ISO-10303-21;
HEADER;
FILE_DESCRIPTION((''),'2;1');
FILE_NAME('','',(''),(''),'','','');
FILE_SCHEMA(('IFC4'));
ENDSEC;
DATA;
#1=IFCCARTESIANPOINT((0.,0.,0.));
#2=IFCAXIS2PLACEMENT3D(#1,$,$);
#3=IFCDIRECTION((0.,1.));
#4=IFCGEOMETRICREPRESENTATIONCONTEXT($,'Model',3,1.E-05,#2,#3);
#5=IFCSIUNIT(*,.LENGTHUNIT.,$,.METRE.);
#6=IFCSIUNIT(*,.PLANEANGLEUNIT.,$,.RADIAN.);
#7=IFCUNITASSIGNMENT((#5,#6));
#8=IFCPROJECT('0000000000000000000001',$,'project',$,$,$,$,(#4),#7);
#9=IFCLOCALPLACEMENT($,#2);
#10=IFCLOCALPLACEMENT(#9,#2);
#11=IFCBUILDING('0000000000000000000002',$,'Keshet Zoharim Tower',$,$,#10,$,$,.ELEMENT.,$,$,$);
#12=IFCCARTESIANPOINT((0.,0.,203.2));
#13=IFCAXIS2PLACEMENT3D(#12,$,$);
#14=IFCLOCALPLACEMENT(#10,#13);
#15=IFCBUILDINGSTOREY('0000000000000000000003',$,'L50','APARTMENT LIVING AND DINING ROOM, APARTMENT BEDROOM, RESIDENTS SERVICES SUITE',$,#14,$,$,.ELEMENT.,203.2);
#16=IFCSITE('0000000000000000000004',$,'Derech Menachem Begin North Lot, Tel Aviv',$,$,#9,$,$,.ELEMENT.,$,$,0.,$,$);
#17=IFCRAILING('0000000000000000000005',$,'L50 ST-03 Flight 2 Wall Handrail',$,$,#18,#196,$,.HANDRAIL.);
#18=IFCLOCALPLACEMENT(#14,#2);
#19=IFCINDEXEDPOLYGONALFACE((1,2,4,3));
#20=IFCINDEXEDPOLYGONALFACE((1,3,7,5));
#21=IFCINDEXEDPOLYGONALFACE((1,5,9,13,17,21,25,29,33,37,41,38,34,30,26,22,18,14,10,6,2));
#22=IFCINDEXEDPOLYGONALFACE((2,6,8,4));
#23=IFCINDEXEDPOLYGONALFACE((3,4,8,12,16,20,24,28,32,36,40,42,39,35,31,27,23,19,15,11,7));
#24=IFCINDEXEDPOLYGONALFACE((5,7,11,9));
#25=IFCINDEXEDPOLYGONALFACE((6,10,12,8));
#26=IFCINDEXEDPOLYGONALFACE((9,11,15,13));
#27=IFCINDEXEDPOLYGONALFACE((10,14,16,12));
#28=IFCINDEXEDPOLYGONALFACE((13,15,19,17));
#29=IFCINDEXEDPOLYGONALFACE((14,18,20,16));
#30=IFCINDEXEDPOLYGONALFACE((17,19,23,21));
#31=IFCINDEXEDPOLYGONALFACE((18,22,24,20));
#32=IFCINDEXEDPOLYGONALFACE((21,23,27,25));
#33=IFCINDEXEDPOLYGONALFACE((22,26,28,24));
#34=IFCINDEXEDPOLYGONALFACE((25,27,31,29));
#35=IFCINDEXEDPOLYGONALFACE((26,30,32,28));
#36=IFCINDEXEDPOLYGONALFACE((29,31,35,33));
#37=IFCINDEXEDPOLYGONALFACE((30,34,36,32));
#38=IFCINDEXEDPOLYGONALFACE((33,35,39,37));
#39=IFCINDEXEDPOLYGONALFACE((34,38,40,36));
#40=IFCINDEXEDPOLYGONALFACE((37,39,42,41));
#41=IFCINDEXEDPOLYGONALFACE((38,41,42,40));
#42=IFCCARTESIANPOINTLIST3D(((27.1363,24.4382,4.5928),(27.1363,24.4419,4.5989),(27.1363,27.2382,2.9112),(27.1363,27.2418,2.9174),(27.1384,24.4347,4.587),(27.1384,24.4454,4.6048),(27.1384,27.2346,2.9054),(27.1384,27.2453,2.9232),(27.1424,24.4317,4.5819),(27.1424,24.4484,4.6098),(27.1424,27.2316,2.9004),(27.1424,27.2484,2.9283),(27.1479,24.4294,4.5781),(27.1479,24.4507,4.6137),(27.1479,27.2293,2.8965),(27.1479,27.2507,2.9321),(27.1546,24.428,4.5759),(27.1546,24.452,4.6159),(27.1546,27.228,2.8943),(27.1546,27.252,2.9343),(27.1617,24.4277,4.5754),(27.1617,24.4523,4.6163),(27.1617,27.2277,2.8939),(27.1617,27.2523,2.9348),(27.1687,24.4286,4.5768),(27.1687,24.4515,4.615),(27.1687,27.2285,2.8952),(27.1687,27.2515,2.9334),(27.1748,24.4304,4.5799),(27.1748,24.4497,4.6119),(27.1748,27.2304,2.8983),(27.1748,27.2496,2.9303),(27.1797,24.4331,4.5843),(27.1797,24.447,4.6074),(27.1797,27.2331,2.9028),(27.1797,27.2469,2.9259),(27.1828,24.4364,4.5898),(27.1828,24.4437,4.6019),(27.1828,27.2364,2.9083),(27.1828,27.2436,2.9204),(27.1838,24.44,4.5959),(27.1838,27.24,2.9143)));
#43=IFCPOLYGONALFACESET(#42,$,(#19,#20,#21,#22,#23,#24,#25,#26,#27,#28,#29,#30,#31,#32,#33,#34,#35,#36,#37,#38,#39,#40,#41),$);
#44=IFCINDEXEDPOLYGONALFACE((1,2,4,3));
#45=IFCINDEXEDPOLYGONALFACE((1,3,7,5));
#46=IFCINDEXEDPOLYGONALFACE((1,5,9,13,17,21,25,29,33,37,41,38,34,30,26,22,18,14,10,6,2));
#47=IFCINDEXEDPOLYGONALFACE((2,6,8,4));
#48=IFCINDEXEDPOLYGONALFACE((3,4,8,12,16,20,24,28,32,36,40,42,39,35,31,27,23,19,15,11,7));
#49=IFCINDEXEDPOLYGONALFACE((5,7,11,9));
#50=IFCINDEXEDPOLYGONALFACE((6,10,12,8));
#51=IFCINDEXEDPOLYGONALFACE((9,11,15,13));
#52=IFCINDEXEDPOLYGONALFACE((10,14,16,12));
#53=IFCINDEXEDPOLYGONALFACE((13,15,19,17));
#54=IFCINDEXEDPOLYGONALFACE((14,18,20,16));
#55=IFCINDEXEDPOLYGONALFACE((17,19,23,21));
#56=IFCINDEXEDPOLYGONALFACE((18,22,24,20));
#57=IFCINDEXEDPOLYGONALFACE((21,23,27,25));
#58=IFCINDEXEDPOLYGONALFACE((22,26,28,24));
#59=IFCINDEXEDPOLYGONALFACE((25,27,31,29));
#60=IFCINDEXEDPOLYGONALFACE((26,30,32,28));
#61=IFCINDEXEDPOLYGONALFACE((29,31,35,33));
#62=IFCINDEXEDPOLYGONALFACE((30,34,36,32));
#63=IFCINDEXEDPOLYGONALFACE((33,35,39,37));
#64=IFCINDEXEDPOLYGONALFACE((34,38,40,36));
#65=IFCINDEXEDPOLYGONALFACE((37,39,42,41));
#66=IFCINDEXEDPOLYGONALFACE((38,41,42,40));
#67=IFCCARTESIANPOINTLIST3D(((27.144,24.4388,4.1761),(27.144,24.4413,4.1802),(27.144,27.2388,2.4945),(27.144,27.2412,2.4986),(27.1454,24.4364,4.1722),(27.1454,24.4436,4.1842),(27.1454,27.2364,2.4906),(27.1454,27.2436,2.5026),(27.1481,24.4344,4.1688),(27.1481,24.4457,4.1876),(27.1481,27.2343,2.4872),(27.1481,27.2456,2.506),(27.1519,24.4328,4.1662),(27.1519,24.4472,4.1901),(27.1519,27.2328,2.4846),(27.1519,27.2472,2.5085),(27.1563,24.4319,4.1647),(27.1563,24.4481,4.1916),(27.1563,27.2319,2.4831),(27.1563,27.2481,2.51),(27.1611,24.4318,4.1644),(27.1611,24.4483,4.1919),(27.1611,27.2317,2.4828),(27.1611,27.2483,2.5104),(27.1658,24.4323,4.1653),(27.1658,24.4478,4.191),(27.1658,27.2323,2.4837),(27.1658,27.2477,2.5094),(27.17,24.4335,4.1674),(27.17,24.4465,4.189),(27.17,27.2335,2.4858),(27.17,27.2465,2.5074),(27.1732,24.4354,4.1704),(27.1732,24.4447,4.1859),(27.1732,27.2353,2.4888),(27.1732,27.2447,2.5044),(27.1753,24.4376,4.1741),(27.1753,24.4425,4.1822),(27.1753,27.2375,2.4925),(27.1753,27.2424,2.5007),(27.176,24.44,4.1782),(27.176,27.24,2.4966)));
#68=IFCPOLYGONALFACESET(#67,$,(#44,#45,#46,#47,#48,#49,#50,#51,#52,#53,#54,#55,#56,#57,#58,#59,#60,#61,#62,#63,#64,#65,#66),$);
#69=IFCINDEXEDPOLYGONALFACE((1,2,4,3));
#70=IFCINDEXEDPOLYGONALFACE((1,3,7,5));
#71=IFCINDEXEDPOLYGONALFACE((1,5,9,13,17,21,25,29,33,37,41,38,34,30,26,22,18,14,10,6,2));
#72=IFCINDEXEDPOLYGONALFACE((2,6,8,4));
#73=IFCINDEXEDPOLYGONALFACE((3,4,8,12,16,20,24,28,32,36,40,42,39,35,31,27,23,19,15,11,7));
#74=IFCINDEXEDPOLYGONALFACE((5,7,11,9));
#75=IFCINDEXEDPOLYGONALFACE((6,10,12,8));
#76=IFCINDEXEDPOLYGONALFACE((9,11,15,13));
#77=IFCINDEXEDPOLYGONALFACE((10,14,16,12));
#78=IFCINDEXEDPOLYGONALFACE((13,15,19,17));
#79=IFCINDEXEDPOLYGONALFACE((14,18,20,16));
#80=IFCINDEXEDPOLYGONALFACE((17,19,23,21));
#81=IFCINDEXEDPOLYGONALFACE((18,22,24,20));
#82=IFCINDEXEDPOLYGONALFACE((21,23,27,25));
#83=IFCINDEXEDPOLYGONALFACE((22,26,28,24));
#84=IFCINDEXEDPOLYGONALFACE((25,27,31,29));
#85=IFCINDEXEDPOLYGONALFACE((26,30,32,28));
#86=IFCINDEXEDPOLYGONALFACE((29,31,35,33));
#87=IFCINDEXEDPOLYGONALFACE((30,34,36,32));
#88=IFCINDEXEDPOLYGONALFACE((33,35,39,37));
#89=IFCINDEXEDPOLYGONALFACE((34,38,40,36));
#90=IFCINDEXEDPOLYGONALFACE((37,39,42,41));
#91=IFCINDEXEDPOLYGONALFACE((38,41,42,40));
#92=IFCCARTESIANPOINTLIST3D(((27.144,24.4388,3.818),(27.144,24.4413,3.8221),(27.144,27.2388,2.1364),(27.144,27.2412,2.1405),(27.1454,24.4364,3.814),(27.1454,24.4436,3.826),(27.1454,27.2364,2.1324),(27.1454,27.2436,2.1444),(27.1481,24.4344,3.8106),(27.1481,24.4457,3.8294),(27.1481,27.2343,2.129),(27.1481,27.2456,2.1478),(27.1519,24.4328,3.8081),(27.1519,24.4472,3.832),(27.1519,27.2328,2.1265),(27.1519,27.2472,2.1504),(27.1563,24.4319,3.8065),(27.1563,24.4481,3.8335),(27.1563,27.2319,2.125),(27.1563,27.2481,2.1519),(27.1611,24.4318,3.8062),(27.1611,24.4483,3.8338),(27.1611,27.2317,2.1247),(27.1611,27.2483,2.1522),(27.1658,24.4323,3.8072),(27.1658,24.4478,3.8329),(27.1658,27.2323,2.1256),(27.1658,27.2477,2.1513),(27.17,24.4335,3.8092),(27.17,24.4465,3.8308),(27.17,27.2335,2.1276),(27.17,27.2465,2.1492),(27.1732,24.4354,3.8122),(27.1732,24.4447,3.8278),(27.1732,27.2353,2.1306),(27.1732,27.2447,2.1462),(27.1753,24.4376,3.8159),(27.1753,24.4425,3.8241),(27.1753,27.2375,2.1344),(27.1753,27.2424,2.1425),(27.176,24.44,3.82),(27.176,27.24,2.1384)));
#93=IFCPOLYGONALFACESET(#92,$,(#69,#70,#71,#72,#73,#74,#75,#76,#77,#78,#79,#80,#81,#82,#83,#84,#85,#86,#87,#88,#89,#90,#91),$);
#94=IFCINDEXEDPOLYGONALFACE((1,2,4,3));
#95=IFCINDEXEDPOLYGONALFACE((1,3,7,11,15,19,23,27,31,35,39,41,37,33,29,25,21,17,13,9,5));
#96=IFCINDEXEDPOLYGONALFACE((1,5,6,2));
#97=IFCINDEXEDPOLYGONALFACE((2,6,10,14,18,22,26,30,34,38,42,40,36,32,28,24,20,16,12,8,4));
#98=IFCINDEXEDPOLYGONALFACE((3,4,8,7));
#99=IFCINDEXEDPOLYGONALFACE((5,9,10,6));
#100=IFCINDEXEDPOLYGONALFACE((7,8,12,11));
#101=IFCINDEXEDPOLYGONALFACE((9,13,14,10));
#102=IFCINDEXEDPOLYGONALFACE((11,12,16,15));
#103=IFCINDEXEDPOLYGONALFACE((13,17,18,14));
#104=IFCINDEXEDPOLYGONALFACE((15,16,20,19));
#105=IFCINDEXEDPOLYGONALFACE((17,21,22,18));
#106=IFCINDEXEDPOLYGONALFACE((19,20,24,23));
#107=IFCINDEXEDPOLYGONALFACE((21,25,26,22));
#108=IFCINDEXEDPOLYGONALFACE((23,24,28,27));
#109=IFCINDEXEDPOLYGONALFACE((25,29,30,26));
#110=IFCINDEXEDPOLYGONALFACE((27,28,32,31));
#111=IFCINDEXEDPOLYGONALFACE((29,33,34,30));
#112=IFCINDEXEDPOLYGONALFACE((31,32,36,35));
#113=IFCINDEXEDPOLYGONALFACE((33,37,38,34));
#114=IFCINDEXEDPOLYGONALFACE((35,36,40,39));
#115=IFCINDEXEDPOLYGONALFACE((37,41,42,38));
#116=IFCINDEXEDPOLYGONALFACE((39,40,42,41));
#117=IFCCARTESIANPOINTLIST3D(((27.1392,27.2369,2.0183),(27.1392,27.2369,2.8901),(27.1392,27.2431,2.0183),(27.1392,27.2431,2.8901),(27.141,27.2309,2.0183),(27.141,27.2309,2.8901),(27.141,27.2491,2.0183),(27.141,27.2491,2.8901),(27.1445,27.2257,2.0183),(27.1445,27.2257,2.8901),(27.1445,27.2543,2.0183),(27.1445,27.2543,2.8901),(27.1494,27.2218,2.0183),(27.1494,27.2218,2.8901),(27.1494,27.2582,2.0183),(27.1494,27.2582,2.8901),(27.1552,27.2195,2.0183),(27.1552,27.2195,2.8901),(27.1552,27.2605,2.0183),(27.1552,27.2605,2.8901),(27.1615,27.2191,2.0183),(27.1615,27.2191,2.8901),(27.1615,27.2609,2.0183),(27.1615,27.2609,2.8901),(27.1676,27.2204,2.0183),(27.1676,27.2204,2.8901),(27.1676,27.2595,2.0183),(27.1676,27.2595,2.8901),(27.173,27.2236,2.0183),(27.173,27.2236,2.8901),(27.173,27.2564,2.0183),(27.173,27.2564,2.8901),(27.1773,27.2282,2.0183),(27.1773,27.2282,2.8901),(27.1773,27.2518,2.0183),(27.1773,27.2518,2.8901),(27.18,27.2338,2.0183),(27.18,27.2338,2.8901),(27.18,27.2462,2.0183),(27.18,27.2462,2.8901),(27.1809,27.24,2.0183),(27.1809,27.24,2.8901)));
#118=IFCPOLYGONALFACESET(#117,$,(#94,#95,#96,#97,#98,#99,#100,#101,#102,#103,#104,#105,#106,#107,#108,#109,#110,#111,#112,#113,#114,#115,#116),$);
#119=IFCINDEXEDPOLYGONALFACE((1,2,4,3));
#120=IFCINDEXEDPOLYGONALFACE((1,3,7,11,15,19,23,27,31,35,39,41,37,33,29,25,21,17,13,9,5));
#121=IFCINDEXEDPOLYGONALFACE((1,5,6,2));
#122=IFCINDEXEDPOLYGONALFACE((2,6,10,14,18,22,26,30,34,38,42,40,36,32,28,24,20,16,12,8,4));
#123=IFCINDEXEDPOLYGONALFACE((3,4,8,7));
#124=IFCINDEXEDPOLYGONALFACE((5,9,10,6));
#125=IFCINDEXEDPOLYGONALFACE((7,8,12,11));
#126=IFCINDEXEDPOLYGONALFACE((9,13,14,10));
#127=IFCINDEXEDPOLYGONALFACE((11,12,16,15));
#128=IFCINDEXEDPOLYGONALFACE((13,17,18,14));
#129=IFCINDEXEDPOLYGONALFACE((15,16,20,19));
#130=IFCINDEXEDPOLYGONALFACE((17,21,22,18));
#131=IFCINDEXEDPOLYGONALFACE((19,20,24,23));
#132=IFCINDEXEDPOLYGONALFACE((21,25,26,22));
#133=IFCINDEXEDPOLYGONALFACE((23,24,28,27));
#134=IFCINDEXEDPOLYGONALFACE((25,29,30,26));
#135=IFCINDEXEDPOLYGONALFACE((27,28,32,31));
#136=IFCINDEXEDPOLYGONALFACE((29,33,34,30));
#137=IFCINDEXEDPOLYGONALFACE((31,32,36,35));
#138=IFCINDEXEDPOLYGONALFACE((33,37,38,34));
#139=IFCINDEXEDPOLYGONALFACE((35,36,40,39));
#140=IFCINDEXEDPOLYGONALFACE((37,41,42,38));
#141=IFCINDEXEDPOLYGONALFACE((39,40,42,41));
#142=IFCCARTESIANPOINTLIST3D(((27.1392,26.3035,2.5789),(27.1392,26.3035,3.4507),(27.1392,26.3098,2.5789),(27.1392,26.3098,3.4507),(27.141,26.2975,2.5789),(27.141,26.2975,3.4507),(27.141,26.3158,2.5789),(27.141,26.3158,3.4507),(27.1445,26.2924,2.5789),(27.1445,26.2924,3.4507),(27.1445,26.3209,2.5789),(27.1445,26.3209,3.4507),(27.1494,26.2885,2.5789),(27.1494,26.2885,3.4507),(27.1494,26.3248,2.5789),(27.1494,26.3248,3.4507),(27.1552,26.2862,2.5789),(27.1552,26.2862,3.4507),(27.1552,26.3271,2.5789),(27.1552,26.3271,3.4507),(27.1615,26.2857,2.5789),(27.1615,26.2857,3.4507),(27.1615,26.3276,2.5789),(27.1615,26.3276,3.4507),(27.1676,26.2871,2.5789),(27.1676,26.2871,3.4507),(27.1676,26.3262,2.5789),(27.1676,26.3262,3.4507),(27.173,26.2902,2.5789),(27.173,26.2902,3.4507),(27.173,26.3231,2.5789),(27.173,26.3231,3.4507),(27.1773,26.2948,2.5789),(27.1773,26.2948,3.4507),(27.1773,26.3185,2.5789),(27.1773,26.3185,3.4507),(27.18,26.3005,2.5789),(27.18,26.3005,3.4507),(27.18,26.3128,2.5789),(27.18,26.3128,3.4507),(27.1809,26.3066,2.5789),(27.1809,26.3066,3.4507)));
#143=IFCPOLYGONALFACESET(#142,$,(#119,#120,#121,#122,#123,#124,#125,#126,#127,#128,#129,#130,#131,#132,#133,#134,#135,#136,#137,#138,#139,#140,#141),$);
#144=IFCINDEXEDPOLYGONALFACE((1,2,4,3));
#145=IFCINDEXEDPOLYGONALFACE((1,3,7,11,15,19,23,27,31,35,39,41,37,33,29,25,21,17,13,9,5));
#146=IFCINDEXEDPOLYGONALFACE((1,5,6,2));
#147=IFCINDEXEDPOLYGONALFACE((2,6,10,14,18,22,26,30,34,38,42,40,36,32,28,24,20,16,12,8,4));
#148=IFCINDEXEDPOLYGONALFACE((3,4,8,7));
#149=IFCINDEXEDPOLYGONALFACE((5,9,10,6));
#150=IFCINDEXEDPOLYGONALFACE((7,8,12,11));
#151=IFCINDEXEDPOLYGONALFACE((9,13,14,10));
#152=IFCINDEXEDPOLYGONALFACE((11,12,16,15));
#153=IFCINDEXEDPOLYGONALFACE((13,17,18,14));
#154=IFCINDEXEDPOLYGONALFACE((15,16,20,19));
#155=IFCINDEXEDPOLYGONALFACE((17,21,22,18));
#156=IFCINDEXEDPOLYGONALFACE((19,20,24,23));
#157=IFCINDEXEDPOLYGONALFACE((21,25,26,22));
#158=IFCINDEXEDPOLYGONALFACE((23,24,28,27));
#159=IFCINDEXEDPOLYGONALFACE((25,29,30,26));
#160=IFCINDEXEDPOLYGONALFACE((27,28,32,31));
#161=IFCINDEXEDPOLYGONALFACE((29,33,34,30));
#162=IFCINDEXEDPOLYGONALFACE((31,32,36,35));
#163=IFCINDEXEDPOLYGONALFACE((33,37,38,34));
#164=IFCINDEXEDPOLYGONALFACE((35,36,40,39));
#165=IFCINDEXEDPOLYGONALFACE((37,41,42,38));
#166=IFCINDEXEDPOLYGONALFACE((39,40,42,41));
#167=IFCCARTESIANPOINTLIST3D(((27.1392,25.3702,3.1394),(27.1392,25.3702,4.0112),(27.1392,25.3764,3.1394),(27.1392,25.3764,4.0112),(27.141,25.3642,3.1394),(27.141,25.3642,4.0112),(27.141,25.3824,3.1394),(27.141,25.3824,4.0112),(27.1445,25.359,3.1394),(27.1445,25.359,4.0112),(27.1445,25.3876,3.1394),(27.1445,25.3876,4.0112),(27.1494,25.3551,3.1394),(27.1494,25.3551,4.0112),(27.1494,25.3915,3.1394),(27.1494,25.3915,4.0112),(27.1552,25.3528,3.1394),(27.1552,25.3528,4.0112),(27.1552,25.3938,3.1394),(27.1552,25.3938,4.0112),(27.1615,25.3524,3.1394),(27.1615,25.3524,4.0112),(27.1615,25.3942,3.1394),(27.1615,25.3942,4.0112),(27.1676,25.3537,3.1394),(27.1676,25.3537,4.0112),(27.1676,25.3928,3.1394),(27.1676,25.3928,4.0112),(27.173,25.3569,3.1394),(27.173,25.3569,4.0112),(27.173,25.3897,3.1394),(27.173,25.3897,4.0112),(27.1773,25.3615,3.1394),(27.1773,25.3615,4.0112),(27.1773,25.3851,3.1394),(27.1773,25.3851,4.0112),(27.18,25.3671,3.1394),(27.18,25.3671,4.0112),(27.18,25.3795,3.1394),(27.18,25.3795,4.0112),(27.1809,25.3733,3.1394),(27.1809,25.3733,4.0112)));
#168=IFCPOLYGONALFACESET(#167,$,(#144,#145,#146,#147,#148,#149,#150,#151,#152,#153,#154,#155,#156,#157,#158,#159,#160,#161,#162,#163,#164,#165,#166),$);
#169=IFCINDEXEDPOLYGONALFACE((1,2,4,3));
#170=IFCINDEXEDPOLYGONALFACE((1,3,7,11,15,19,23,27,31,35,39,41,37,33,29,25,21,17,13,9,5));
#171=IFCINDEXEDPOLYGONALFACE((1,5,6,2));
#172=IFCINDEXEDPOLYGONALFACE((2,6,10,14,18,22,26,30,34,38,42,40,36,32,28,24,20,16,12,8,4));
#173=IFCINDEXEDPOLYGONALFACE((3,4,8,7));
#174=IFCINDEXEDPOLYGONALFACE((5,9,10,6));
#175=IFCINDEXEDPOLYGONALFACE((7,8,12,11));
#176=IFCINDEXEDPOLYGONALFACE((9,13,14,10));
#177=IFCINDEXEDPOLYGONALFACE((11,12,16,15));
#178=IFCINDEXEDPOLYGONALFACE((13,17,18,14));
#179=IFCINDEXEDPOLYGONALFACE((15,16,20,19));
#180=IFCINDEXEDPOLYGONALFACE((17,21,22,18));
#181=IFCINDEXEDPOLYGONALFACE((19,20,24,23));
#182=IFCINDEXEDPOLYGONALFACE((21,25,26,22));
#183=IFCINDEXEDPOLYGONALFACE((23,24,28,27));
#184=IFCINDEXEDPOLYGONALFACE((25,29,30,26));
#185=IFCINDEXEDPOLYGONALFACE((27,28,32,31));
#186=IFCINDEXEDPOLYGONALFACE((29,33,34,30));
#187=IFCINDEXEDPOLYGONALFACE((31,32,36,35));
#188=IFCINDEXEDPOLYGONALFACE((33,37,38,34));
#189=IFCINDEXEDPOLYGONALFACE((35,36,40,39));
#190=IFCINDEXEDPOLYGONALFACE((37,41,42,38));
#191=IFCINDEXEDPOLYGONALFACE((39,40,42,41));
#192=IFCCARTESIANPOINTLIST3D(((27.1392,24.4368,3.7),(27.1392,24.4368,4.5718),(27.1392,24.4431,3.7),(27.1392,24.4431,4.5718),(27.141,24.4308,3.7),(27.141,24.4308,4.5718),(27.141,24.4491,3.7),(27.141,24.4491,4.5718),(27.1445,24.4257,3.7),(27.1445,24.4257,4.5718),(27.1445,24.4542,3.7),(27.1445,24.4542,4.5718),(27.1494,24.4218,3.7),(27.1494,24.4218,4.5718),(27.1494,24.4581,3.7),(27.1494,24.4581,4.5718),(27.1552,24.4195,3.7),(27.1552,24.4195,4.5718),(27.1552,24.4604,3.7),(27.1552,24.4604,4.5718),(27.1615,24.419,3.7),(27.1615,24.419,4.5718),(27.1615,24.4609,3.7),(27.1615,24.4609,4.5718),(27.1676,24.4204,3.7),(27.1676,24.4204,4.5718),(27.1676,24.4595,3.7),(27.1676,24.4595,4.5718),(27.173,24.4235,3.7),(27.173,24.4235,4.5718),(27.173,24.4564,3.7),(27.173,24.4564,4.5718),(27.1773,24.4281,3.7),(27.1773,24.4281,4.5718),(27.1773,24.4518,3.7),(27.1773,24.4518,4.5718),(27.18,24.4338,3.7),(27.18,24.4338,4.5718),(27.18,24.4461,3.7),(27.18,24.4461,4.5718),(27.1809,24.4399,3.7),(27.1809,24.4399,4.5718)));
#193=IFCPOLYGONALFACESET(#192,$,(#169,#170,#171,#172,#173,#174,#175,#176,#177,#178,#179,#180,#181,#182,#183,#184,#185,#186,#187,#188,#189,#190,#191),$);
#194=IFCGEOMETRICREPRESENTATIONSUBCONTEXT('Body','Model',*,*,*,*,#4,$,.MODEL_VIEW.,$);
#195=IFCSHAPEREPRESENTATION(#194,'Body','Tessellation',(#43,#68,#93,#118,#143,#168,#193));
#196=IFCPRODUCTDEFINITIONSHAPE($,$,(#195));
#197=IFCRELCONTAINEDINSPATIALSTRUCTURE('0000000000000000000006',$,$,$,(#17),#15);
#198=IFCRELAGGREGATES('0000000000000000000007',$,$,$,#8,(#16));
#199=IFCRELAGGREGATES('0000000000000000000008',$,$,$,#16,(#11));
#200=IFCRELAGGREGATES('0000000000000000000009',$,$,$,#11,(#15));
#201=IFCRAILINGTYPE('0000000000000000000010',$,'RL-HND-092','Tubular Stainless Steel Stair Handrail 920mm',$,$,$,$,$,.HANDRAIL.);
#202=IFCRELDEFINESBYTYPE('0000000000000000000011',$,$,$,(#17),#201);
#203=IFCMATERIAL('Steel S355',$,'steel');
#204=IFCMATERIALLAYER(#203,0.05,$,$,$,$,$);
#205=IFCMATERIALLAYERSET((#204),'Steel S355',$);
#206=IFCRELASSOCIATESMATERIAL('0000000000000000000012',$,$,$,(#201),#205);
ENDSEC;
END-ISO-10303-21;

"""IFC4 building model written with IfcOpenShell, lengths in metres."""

from ifc_helpers import new_model, si_unit, direction, frame, origin, origin_2d, place, context, subcontext, project, spatial, circle, extrude, material, layer, layer_set, type_object, element, save


model = new_model("IFC4")

# Units and contexts
model_context = context("Model", 3, precision=1e-05, world=origin(), true_north=direction((0.0, 1.0)))
body_context = subcontext(model_context, "Body", "Model", "MODEL_VIEW")
ifc_project = project(units=[si_unit("LENGTHUNIT", "METRE"), si_unit("PLANEANGLEUNIT", "RADIAN")], contexts=[model_context])

# Site, building, storey
site_placement = place(None, origin())
site = spatial("IfcSite", under=ifc_project, at=site_placement, Name="Derech Menachem Begin North Lot, Tel Aviv", CompositionType="ELEMENT", RefElevation=0.0)
building_placement = place(site_placement, origin())
building = spatial("IfcBuilding", under=site, at=building_placement, Name="Keshet Zoharim Tower", CompositionType="ELEMENT")
storey_placement = place(building_placement, frame((0.0, 0.0, 203.2)))
storey = spatial("IfcBuildingStorey", under=building, at=storey_placement, Name="L50", Description="APARTMENT LIVING AND DINING ROOM, APARTMENT BEDROOM, RESIDENTS SERVICES SUITE", CompositionType="ELEMENT", Elevation=203.2)

# Shared definitions
ifc_material_1 = material(Name="Steel S355", Category="steel")

# Railing
ifc_layer_1 = layer(ifc_material_1, 0.05)
ifc_layer_set_1 = layer_set([ifc_layer_1], Name="Steel S355")
railing_type = type_object("IfcRailingType", Name="RL-HND-092", Description="Tubular Stainless Steel Stair Handrail 920mm", PredefinedType="HANDRAIL", material=ifc_layer_set_1)
for number, where, name in (
    (1, (27.1599, 27.24, 2.0183), "L50 ST-03 Flight 2 Wall Handrail"),
):
    element("IfcRailing", number, at=place(storey_placement, frame(where)), inside=storey, type_object=railing_type, Name=name, PredefinedType="HANDRAIL", context=body_context, shape_type="SweptSolid", body=[
        extrude(circle(Radius=0.0239, at=origin_2d()), frame((0.0, 0.0, 0.896), z_axis=(0.0, -0.857275, 0.514858), x_axis=(1.0, 0.0, 0.0)), (0.0, 0.0, 1.0), 3.2661),
        extrude(circle(Radius=0.0161, at=origin_2d()), frame((0.0, 0.0, 0.4783), z_axis=(0.0, -0.857275, 0.514858), x_axis=(1.0, 0.0, 0.0)), (0.0, 0.0, 1.0), 3.2661),
        extrude(circle(Radius=0.0161, at=origin_2d()), frame((0.0, 0.0, 0.1201), z_axis=(0.0, -0.857275, 0.514858), x_axis=(1.0, 0.0, 0.0)), (0.0, 0.0, 1.0), 3.2661),
        extrude(circle(Radius=0.021, at=origin_2d()), origin(), (0.0, 0.0, 1.0), 0.8718),
        extrude(circle(Radius=0.021, at=origin_2d()), frame((0.0, -0.9333, 0.5605)), (0.0, 0.0, 1.0), 0.8718),
        extrude(circle(Radius=0.021, at=origin_2d()), frame((0.0, -1.8667, 1.1211)), (0.0, 0.0, 1.0), 0.8718),
        extrude(circle(Radius=0.021, at=origin_2d()), frame((0.0, -2.8, 1.6816)), (0.0, 0.0, 1.0), 0.8718),
    ])

save(model, "model.ifc")
